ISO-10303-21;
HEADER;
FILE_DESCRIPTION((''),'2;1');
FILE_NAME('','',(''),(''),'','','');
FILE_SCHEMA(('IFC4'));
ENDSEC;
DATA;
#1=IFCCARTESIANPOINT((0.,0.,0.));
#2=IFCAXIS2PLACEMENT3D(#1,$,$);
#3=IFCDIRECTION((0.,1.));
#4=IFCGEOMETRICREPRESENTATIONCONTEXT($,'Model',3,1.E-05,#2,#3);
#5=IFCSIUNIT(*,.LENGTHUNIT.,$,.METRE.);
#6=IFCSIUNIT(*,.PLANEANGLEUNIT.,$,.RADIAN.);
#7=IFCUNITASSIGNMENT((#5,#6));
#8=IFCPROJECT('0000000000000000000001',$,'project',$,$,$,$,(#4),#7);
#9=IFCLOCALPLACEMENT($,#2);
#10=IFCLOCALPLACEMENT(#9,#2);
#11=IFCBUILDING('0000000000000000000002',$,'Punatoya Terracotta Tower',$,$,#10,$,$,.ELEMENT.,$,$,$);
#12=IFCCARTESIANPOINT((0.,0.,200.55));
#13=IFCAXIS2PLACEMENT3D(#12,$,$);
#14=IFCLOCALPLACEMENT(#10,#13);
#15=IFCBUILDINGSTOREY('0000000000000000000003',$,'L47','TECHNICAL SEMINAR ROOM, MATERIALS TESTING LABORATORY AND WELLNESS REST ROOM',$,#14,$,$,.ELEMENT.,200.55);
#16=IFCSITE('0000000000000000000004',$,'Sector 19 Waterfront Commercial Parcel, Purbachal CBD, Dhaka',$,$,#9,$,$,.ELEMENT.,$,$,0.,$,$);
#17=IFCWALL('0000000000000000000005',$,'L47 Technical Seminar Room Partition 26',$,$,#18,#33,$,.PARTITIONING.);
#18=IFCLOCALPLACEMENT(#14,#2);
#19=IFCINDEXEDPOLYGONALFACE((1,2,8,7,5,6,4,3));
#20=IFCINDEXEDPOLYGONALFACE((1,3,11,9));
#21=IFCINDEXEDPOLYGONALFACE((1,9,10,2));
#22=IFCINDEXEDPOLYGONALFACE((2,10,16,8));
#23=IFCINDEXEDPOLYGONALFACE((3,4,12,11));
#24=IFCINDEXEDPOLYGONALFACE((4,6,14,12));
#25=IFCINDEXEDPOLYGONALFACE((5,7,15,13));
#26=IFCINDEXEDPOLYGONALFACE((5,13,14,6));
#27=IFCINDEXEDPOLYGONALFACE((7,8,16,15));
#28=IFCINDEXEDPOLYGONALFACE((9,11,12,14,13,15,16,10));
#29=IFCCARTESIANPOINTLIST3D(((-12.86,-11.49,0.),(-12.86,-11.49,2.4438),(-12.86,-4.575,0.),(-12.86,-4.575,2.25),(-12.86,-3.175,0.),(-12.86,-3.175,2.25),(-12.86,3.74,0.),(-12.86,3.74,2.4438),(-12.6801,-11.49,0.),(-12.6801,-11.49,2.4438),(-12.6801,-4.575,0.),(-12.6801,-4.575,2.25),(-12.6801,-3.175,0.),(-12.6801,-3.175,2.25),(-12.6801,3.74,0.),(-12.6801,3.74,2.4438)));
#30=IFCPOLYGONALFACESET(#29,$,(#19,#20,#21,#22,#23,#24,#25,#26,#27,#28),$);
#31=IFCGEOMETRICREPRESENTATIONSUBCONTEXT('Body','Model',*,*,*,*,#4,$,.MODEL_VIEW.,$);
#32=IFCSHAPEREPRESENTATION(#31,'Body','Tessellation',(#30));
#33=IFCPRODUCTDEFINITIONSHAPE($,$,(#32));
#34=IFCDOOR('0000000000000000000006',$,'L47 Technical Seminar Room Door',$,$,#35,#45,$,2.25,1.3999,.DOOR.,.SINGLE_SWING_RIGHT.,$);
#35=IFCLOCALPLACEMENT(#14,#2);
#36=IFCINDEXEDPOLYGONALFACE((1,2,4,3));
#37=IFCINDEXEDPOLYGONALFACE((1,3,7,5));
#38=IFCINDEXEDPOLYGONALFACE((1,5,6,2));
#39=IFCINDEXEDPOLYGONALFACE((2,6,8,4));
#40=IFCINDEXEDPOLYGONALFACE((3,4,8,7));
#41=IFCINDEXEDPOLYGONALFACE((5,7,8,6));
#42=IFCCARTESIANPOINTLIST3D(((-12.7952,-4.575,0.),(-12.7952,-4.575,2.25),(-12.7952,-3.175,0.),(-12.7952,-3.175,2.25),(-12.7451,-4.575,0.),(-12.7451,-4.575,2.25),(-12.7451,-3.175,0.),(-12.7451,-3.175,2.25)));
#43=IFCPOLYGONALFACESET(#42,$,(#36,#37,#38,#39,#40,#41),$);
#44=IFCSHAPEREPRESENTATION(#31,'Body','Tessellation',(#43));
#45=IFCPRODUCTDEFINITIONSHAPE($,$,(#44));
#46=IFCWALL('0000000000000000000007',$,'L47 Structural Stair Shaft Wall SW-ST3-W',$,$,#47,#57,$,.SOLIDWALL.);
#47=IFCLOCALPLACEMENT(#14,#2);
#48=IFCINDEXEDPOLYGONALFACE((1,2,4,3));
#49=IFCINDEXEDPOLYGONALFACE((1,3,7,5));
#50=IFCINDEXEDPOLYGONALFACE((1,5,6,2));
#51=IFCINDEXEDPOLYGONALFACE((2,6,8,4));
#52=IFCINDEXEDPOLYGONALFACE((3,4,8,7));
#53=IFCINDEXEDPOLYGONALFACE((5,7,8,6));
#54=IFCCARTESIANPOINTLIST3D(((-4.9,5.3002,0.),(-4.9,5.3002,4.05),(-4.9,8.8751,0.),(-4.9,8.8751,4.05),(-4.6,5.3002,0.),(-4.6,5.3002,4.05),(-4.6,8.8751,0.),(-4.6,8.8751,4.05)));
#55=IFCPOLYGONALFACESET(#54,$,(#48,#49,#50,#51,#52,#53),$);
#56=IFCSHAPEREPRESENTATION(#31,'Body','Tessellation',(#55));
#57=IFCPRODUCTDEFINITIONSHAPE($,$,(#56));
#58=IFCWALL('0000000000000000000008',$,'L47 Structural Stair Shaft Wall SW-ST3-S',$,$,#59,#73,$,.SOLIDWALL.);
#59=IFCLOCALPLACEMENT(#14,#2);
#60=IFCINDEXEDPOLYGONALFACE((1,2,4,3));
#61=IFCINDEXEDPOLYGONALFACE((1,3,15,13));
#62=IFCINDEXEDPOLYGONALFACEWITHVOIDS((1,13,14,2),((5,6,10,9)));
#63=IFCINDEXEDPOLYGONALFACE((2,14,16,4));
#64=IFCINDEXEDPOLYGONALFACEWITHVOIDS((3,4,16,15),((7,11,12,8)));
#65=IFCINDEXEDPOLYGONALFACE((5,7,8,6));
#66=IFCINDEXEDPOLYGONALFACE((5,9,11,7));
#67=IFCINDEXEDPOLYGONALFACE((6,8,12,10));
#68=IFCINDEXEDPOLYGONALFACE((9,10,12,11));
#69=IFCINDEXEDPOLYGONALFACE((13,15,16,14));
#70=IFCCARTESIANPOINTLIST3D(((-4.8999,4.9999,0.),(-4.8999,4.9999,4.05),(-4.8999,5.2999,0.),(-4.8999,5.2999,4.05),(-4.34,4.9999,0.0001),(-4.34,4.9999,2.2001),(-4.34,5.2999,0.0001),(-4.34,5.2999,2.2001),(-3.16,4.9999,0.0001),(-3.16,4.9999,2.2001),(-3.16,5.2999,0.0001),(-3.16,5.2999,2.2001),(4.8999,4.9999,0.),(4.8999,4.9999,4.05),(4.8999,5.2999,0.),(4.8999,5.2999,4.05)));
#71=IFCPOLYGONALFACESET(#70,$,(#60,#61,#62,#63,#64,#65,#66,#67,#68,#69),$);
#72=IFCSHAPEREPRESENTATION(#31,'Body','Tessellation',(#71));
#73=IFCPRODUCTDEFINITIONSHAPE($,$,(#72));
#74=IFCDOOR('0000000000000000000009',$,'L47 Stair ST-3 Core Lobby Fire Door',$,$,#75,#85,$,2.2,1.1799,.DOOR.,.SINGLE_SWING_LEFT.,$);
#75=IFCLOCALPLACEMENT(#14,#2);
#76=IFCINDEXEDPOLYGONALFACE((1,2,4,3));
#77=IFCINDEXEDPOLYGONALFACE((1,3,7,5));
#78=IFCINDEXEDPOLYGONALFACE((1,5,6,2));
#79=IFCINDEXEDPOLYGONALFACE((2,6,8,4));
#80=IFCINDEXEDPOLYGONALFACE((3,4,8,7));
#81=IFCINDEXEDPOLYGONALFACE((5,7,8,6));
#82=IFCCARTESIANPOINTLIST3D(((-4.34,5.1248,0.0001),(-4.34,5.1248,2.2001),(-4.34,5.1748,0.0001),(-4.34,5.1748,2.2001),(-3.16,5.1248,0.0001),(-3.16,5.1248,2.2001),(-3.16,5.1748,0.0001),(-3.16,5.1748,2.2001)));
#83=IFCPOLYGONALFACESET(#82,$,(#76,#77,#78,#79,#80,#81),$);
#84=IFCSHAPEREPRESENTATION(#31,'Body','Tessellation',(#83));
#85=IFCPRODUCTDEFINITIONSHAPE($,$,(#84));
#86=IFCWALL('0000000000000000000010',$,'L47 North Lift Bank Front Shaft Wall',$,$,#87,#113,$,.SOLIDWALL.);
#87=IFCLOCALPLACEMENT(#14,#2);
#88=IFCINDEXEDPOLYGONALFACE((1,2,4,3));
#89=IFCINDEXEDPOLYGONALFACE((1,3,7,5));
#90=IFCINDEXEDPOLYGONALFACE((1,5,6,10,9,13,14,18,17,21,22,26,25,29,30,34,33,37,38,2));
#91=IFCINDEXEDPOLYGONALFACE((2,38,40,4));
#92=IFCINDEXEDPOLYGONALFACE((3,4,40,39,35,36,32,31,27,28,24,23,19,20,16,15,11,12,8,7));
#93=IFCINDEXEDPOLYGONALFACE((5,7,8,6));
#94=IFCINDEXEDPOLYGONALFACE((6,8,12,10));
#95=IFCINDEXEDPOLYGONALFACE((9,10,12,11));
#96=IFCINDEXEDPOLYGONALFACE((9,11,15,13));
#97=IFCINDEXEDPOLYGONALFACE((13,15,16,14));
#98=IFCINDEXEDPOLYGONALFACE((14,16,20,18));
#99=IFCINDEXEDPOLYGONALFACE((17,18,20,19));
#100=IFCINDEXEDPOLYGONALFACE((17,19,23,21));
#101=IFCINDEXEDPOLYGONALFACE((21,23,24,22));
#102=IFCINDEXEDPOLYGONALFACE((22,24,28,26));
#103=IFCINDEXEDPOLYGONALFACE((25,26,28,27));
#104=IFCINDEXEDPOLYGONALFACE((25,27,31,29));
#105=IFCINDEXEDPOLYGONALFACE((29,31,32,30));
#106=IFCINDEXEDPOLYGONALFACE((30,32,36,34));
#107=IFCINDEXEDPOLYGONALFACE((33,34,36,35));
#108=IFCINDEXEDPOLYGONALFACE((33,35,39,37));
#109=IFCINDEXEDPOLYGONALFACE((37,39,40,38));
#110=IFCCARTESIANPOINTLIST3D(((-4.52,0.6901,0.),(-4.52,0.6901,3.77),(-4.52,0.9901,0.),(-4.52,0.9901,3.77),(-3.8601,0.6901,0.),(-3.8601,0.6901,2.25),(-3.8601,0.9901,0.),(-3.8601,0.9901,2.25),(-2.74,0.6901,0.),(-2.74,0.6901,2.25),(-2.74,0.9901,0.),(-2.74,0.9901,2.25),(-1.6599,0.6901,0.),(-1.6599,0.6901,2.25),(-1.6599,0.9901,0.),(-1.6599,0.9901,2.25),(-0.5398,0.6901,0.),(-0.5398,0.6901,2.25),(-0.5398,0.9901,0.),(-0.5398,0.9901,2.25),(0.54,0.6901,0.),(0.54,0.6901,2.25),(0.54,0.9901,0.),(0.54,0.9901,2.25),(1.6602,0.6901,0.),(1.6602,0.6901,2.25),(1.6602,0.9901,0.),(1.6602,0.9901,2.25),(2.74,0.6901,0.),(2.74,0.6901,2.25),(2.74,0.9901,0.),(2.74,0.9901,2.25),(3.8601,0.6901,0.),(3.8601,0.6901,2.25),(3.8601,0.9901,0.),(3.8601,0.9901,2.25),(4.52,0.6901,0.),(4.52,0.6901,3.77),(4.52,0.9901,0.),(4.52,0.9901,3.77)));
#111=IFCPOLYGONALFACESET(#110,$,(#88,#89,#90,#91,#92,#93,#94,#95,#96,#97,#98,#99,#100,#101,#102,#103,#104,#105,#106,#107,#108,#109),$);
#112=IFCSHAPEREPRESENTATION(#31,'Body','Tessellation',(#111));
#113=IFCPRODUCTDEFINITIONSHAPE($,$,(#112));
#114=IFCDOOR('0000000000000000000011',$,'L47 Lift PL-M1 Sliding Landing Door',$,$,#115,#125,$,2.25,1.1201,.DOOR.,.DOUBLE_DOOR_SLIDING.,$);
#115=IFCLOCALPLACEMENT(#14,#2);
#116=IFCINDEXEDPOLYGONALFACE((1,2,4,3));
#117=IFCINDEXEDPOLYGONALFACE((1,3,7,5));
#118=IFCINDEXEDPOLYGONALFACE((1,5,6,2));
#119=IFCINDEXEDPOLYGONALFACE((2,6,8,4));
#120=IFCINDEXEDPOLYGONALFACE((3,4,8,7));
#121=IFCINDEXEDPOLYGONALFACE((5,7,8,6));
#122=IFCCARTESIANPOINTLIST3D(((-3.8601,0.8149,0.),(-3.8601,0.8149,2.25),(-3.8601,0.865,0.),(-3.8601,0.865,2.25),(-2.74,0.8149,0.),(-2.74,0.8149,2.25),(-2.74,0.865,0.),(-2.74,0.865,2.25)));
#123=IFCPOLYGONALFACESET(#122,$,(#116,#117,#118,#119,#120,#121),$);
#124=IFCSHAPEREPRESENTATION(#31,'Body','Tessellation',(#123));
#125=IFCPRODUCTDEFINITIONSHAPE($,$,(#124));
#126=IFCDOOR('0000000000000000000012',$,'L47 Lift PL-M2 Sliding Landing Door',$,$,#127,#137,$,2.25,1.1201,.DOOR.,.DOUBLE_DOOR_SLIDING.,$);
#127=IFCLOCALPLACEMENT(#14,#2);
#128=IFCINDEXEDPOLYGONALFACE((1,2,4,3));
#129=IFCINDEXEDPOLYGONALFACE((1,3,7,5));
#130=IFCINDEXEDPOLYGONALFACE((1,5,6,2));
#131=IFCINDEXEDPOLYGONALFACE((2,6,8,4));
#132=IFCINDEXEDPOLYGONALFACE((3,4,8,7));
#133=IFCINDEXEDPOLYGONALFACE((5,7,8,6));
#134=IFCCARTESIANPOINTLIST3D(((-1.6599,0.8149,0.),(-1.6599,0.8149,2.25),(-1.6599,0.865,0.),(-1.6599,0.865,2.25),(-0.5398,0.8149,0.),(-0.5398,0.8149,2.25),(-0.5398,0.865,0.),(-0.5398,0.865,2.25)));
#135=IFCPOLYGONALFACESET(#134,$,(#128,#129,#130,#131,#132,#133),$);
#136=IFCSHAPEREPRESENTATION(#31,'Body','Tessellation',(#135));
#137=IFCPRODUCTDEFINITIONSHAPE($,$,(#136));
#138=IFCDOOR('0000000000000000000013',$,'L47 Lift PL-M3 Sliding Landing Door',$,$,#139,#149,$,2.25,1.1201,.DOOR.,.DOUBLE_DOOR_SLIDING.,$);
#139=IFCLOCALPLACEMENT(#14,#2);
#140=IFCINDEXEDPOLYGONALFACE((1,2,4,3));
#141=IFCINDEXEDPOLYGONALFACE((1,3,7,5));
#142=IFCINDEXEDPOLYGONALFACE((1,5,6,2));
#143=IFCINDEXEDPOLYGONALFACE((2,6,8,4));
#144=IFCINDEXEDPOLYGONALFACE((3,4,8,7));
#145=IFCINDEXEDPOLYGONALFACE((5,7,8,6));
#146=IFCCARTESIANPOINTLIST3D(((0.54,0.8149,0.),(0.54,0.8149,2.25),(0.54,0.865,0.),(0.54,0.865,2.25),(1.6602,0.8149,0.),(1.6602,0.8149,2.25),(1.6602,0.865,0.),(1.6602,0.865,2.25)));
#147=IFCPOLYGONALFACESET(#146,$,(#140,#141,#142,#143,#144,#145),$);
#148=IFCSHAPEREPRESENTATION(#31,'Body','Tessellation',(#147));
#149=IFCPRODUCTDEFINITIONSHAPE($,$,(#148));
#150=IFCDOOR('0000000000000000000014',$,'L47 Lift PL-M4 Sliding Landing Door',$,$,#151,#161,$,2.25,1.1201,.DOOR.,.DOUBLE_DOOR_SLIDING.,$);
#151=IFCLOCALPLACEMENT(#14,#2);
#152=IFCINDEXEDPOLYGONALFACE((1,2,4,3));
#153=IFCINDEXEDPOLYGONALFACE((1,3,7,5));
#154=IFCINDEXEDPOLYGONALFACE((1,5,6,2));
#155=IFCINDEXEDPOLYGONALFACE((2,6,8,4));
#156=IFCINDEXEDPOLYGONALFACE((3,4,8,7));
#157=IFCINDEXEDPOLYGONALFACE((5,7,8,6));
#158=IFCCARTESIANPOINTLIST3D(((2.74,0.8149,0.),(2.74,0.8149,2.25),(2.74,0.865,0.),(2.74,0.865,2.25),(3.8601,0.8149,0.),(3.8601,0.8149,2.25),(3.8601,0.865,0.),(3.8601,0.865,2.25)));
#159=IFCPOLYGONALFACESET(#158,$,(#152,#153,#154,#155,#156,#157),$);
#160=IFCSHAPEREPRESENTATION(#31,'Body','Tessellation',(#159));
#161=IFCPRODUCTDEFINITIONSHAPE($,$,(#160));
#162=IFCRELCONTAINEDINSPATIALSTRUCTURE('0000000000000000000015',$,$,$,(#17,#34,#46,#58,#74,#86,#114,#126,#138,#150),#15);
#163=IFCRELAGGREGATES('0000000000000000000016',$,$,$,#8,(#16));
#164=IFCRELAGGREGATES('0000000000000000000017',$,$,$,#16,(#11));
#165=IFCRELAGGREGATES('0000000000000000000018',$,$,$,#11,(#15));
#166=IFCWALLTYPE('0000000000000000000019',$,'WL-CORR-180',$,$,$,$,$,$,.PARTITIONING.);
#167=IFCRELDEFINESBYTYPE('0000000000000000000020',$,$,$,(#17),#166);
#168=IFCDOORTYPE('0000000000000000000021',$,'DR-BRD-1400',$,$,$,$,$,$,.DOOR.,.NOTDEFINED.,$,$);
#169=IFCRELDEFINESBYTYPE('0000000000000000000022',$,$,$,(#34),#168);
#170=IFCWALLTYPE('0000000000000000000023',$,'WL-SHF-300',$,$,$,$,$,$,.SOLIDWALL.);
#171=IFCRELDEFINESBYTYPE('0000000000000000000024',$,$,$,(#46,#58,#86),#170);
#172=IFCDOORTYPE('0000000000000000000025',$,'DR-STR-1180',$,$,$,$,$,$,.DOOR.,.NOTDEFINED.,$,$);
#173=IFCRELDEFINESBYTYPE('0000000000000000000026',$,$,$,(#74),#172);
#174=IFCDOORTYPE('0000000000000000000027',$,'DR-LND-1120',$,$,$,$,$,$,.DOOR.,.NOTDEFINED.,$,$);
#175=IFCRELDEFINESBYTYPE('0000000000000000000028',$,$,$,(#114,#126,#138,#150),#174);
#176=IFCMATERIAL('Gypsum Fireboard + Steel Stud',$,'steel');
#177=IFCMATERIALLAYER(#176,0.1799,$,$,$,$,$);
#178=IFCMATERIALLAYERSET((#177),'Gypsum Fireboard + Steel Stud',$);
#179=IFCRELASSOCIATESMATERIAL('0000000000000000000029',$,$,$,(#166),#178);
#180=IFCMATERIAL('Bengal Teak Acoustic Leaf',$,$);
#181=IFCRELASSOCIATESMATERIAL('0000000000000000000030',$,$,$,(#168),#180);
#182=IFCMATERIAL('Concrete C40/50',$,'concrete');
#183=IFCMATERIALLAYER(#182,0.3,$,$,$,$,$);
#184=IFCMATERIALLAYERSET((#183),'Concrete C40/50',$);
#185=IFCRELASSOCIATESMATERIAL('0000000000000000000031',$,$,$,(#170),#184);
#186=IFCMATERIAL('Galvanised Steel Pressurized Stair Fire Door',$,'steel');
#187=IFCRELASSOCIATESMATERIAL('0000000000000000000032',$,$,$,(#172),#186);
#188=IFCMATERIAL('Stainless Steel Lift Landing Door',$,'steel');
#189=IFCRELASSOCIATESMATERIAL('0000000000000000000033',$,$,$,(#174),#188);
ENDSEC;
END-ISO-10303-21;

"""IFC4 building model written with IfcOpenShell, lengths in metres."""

from ifc_helpers import new_model, si_unit, direction, frame, frame_2d, origin, place, context, subcontext, project, spatial, rectangle, extrude, material, layer, layer_set, type_object, element, fill, save


model = new_model("IFC4")

# Units and contexts
model_context = context("Model", 3, precision=1e-05, world=origin(), true_north=direction((0.0, 1.0)))
body_context = subcontext(model_context, "Body", "Model", "MODEL_VIEW")
ifc_project = project(units=[si_unit("LENGTHUNIT", "METRE"), si_unit("PLANEANGLEUNIT", "RADIAN")], contexts=[model_context])

# Site, building, storey
site_placement = place(None, origin())
site = spatial("IfcSite", under=ifc_project, at=site_placement, Name="Sector 19 Waterfront Commercial Parcel, Purbachal CBD, Dhaka", CompositionType="ELEMENT", RefElevation=0.0)
building_placement = place(site_placement, origin())
building = spatial("IfcBuilding", under=site, at=building_placement, Name="Punatoya Terracotta Tower", CompositionType="ELEMENT")
storey_placement = place(building_placement, frame((0.0, 0.0, 200.55)))
storey = spatial("IfcBuildingStorey", under=building, at=storey_placement, Name="L47", Description="TECHNICAL SEMINAR ROOM, MATERIALS TESTING LABORATORY AND WELLNESS REST ROOM", CompositionType="ELEMENT", Elevation=200.55)

# Shared definitions
ifc_material_1 = material(Name="Gypsum Fireboard + Steel Stud", Category="steel")
ifc_layer_1 = layer(ifc_material_1, 0.1799)
ifc_layer_set_1 = layer_set([ifc_layer_1], Name="Gypsum Fireboard + Steel Stud")
wall_type_1 = type_object("IfcWallType", Name="WL-CORR-180", PredefinedType="PARTITIONING", material=ifc_layer_set_1)

# Wall, opening, door
wall_1_placement = place(storey_placement, frame((-12.77, 3.74, 0.0), z_axis=(0.0, 0.0, 1.0), x_axis=(0.0, -1.0, 0.0)))
wall_1 = element("IfcWall", 1, at=wall_1_placement, inside=storey, type_object=wall_type_1, Name="L47 Technical Seminar Room Partition 26", PredefinedType="PARTITIONING", context=body_context, shape_type="SweptSolid", body=[
    extrude(rectangle(XDim=15.23, YDim=0.1799, at=frame_2d((7.615, 0.0))), origin(), (0.0, 0.0, 1.0), 2.4438),
])
opening_1_placement = place(wall_1_placement, frame((6.915, 0.0, 0.0)))
opening_1 = element("IfcOpeningElement", 2, at=opening_1_placement, cuts=wall_1, PredefinedType="OPENING", context=body_context, shape_type="SweptSolid", body=[
    extrude(rectangle(XDim=1.3999, YDim=2.25, at=frame_2d((0.7, 1.125))), frame((0.0, 0.0999, 0.0), z_axis=(0.0, -1.0, 0.0), x_axis=(1.0, 0.0, 0.0)), (0.0, 0.0, 1.0), 0.2),
])
ifc_material_2 = material(Name="Bengal Teak Acoustic Leaf")
door_type_1 = type_object("IfcDoorType", Name="DR-BRD-1400", OperationType="NOTDEFINED", PredefinedType="DOOR", material=ifc_material_2)
door_1_placement = place(opening_1_placement, origin())
door_1 = element("IfcDoor", 3, at=door_1_placement, inside=storey, type_object=door_type_1, Name="L47 Technical Seminar Room Door", OperationType="SINGLE_SWING_RIGHT", OverallHeight=2.25, OverallWidth=1.3999, PredefinedType="DOOR", context=body_context, shape_type="SweptSolid", body=[
    extrude(rectangle(XDim=1.3999, YDim=2.25, at=frame_2d((0.7, 1.125))), frame((0.0, 0.0249, 0.0), z_axis=(0.0, -1.0, 0.0), x_axis=(1.0, 0.0, 0.0)), (0.0, 0.0, 1.0), 0.05),
])
fill(opening_1, door_1)

# Wall
ifc_material_3 = material(Name="Concrete C40/50", Category="concrete")
ifc_layer_2 = layer(ifc_material_3, 0.3)
ifc_layer_set_2 = layer_set([ifc_layer_2], Name="Concrete C40/50")
wall_type_2 = type_object("IfcWallType", Name="WL-SHF-300", PredefinedType="SOLIDWALL", material=ifc_layer_set_2)
wall_2_placement = place(storey_placement, frame((-4.75, 5.3, 0.0), z_axis=(0.0, 0.0, 1.0), x_axis=(0.0, 1.0, 0.0)))
element("IfcWall", 4, at=wall_2_placement, inside=storey, type_object=wall_type_2, Name="L47 Structural Stair Shaft Wall SW-ST3-W", PredefinedType="SOLIDWALL", context=body_context, shape_type="SweptSolid", body=[
    extrude(rectangle(XDim=3.575, YDim=0.3, at=frame_2d((1.7876, 0.0))), origin(), (0.0, 0.0, 1.0), 4.05),
])

# Wall, opening, door
wall_3_placement = place(storey_placement, frame((-4.8999, 5.1499, 0.0), z_axis=(0.0, 0.0, 1.0), x_axis=(1.0, 0.0, 0.0)))
wall_3 = element("IfcWall", 5, at=wall_3_placement, inside=storey, type_object=wall_type_2, Name="L47 Structural Stair Shaft Wall SW-ST3-S", PredefinedType="SOLIDWALL", context=body_context, shape_type="SweptSolid", body=[
    extrude(rectangle(XDim=9.7998, YDim=0.3, at=frame_2d((4.8999, 0.0))), origin(), (0.0, 0.0, 1.0), 4.05),
])
opening_2_placement = place(wall_3_placement, frame((0.5601, 0.0, 0.0)))
opening_2 = element("IfcOpeningElement", 6, at=opening_2_placement, cuts=wall_3, PredefinedType="OPENING", context=body_context, shape_type="SweptSolid", body=[
    extrude(rectangle(XDim=1.1799, YDim=2.2, at=frame_2d((0.5898, 1.1001))), frame((0.0, 0.1599, 0.0), z_axis=(0.0, -1.0, 0.0), x_axis=(1.0, 0.0, 0.0)), (0.0, 0.0, 1.0), 0.3201),
])
ifc_material_4 = material(Name="Galvanised Steel Pressurized Stair Fire Door", Category="steel")
door_type_2 = type_object("IfcDoorType", Name="DR-STR-1180", OperationType="NOTDEFINED", PredefinedType="DOOR", material=ifc_material_4)
door_2_placement = place(opening_2_placement, origin())
door_2 = element("IfcDoor", 7, at=door_2_placement, inside=storey, type_object=door_type_2, Name="L47 Stair ST-3 Core Lobby Fire Door", OperationType="SINGLE_SWING_LEFT", OverallHeight=2.2, OverallWidth=1.1799, PredefinedType="DOOR", context=body_context, shape_type="SweptSolid", body=[
    extrude(rectangle(XDim=1.1799, YDim=2.2, at=frame_2d((0.5898, 1.1001))), frame((0.0, 0.0249, 0.0), z_axis=(0.0, -1.0, 0.0), x_axis=(1.0, 0.0, 0.0)), (0.0, 0.0, 1.0), 0.05),
])
fill(opening_2, door_2)

# Wall, openings, doors
wall_4_placement = place(storey_placement, frame((-4.52, 0.8401, 0.0), z_axis=(0.0, 0.0, 1.0), x_axis=(1.0, 0.0, 0.0)))
wall_4 = element("IfcWall", 8, at=wall_4_placement, inside=storey, type_object=wall_type_2, Name="L47 North Lift Bank Front Shaft Wall", PredefinedType="SOLIDWALL", context=body_context, shape_type="SweptSolid", body=[
    extrude(rectangle(XDim=9.04, YDim=0.3, at=frame_2d((4.52, 0.0))), origin(), (0.0, 0.0, 1.0), 3.77),
])
opening_3_placement = place(wall_4_placement, frame((0.6599, 0.0, 0.0)))
opening_3 = element("IfcOpeningElement", 9, at=opening_3_placement, cuts=wall_4, PredefinedType="OPENING", context=body_context, shape_type="SweptSolid", body=[
    extrude(rectangle(XDim=1.1201, YDim=2.25, at=frame_2d((0.5601, 1.125))), frame((0.0, 0.1599, 0.0), z_axis=(0.0, -1.0, 0.0), x_axis=(1.0, 0.0, 0.0)), (0.0, 0.0, 1.0), 0.3201),
])
opening_4_placement = place(wall_4_placement, frame((2.8601, 0.0, 0.0)))
opening_4 = element("IfcOpeningElement", 10, at=opening_4_placement, cuts=wall_4, PredefinedType="OPENING", context=body_context, shape_type="SweptSolid", body=[
    extrude(rectangle(XDim=1.1201, YDim=2.25, at=frame_2d((0.5601, 1.125))), frame((0.0, 0.1599, 0.0), z_axis=(0.0, -1.0, 0.0), x_axis=(1.0, 0.0, 0.0)), (0.0, 0.0, 1.0), 0.3201),
])
opening_5_placement = place(wall_4_placement, frame((5.0601, 0.0, 0.0)))
opening_5 = element("IfcOpeningElement", 11, at=opening_5_placement, cuts=wall_4, PredefinedType="OPENING", context=body_context, shape_type="SweptSolid", body=[
    extrude(rectangle(XDim=1.1201, YDim=2.25, at=frame_2d((0.5601, 1.125))), frame((0.0, 0.1599, 0.0), z_axis=(0.0, -1.0, 0.0), x_axis=(1.0, 0.0, 0.0)), (0.0, 0.0, 1.0), 0.3201),
])
opening_6_placement = place(wall_4_placement, frame((7.26, 0.0, 0.0)))
opening_6 = element("IfcOpeningElement", 12, at=opening_6_placement, cuts=wall_4, PredefinedType="OPENING", context=body_context, shape_type="SweptSolid", body=[
    extrude(rectangle(XDim=1.1201, YDim=2.25, at=frame_2d((0.5601, 1.125))), frame((0.0, 0.1599, 0.0), z_axis=(0.0, -1.0, 0.0), x_axis=(1.0, 0.0, 0.0)), (0.0, 0.0, 1.0), 0.3201),
])
ifc_material_5 = material(Name="Stainless Steel Lift Landing Door", Category="steel")
door_type_3 = type_object("IfcDoorType", Name="DR-LND-1120", OperationType="NOTDEFINED", PredefinedType="DOOR", material=ifc_material_5)
door_3_placement = place(opening_3_placement, origin())
door_3 = element("IfcDoor", 13, at=door_3_placement, inside=storey, type_object=door_type_3, Name="L47 Lift PL-M1 Sliding Landing Door", OperationType="DOUBLE_DOOR_SLIDING", OverallHeight=2.25, OverallWidth=1.1201, PredefinedType="DOOR", context=body_context, shape_type="SweptSolid", body=[
    extrude(rectangle(XDim=1.1201, YDim=2.25, at=frame_2d((0.5601, 1.125))), frame((0.0, 0.0249, 0.0), z_axis=(0.0, -1.0, 0.0), x_axis=(1.0, 0.0, 0.0)), (0.0, 0.0, 1.0), 0.05),
])
fill(opening_3, door_3)
door_4_placement = place(opening_4_placement, origin())
door_4 = element("IfcDoor", 14, at=door_4_placement, inside=storey, type_object=door_type_3, Name="L47 Lift PL-M2 Sliding Landing Door", OperationType="DOUBLE_DOOR_SLIDING", OverallHeight=2.25, OverallWidth=1.1201, PredefinedType="DOOR", context=body_context, shape_type="SweptSolid", body=[
    extrude(rectangle(XDim=1.1201, YDim=2.25, at=frame_2d((0.5601, 1.125))), frame((0.0, 0.0249, 0.0), z_axis=(0.0, -1.0, 0.0), x_axis=(1.0, 0.0, 0.0)), (0.0, 0.0, 1.0), 0.05),
])
fill(opening_4, door_4)
door_5_placement = place(opening_5_placement, origin())
door_5 = element("IfcDoor", 15, at=door_5_placement, inside=storey, type_object=door_type_3, Name="L47 Lift PL-M3 Sliding Landing Door", OperationType="DOUBLE_DOOR_SLIDING", OverallHeight=2.25, OverallWidth=1.1201, PredefinedType="DOOR", context=body_context, shape_type="SweptSolid", body=[
    extrude(rectangle(XDim=1.1201, YDim=2.25, at=frame_2d((0.5601, 1.125))), frame((0.0, 0.0249, 0.0), z_axis=(0.0, -1.0, 0.0), x_axis=(1.0, 0.0, 0.0)), (0.0, 0.0, 1.0), 0.05),
])
fill(opening_5, door_5)
door_6_placement = place(opening_6_placement, origin())
door_6 = element("IfcDoor", 16, at=door_6_placement, inside=storey, type_object=door_type_3, Name="L47 Lift PL-M4 Sliding Landing Door", OperationType="DOUBLE_DOOR_SLIDING", OverallHeight=2.25, OverallWidth=1.1201, PredefinedType="DOOR", context=body_context, shape_type="SweptSolid", body=[
    extrude(rectangle(XDim=1.1201, YDim=2.25, at=frame_2d((0.5601, 1.125))), frame((0.0, 0.0249, 0.0), z_axis=(0.0, -1.0, 0.0), x_axis=(1.0, 0.0, 0.0)), (0.0, 0.0, 1.0), 0.05),
])
fill(opening_6, door_6)

save(model, "model.ifc")
